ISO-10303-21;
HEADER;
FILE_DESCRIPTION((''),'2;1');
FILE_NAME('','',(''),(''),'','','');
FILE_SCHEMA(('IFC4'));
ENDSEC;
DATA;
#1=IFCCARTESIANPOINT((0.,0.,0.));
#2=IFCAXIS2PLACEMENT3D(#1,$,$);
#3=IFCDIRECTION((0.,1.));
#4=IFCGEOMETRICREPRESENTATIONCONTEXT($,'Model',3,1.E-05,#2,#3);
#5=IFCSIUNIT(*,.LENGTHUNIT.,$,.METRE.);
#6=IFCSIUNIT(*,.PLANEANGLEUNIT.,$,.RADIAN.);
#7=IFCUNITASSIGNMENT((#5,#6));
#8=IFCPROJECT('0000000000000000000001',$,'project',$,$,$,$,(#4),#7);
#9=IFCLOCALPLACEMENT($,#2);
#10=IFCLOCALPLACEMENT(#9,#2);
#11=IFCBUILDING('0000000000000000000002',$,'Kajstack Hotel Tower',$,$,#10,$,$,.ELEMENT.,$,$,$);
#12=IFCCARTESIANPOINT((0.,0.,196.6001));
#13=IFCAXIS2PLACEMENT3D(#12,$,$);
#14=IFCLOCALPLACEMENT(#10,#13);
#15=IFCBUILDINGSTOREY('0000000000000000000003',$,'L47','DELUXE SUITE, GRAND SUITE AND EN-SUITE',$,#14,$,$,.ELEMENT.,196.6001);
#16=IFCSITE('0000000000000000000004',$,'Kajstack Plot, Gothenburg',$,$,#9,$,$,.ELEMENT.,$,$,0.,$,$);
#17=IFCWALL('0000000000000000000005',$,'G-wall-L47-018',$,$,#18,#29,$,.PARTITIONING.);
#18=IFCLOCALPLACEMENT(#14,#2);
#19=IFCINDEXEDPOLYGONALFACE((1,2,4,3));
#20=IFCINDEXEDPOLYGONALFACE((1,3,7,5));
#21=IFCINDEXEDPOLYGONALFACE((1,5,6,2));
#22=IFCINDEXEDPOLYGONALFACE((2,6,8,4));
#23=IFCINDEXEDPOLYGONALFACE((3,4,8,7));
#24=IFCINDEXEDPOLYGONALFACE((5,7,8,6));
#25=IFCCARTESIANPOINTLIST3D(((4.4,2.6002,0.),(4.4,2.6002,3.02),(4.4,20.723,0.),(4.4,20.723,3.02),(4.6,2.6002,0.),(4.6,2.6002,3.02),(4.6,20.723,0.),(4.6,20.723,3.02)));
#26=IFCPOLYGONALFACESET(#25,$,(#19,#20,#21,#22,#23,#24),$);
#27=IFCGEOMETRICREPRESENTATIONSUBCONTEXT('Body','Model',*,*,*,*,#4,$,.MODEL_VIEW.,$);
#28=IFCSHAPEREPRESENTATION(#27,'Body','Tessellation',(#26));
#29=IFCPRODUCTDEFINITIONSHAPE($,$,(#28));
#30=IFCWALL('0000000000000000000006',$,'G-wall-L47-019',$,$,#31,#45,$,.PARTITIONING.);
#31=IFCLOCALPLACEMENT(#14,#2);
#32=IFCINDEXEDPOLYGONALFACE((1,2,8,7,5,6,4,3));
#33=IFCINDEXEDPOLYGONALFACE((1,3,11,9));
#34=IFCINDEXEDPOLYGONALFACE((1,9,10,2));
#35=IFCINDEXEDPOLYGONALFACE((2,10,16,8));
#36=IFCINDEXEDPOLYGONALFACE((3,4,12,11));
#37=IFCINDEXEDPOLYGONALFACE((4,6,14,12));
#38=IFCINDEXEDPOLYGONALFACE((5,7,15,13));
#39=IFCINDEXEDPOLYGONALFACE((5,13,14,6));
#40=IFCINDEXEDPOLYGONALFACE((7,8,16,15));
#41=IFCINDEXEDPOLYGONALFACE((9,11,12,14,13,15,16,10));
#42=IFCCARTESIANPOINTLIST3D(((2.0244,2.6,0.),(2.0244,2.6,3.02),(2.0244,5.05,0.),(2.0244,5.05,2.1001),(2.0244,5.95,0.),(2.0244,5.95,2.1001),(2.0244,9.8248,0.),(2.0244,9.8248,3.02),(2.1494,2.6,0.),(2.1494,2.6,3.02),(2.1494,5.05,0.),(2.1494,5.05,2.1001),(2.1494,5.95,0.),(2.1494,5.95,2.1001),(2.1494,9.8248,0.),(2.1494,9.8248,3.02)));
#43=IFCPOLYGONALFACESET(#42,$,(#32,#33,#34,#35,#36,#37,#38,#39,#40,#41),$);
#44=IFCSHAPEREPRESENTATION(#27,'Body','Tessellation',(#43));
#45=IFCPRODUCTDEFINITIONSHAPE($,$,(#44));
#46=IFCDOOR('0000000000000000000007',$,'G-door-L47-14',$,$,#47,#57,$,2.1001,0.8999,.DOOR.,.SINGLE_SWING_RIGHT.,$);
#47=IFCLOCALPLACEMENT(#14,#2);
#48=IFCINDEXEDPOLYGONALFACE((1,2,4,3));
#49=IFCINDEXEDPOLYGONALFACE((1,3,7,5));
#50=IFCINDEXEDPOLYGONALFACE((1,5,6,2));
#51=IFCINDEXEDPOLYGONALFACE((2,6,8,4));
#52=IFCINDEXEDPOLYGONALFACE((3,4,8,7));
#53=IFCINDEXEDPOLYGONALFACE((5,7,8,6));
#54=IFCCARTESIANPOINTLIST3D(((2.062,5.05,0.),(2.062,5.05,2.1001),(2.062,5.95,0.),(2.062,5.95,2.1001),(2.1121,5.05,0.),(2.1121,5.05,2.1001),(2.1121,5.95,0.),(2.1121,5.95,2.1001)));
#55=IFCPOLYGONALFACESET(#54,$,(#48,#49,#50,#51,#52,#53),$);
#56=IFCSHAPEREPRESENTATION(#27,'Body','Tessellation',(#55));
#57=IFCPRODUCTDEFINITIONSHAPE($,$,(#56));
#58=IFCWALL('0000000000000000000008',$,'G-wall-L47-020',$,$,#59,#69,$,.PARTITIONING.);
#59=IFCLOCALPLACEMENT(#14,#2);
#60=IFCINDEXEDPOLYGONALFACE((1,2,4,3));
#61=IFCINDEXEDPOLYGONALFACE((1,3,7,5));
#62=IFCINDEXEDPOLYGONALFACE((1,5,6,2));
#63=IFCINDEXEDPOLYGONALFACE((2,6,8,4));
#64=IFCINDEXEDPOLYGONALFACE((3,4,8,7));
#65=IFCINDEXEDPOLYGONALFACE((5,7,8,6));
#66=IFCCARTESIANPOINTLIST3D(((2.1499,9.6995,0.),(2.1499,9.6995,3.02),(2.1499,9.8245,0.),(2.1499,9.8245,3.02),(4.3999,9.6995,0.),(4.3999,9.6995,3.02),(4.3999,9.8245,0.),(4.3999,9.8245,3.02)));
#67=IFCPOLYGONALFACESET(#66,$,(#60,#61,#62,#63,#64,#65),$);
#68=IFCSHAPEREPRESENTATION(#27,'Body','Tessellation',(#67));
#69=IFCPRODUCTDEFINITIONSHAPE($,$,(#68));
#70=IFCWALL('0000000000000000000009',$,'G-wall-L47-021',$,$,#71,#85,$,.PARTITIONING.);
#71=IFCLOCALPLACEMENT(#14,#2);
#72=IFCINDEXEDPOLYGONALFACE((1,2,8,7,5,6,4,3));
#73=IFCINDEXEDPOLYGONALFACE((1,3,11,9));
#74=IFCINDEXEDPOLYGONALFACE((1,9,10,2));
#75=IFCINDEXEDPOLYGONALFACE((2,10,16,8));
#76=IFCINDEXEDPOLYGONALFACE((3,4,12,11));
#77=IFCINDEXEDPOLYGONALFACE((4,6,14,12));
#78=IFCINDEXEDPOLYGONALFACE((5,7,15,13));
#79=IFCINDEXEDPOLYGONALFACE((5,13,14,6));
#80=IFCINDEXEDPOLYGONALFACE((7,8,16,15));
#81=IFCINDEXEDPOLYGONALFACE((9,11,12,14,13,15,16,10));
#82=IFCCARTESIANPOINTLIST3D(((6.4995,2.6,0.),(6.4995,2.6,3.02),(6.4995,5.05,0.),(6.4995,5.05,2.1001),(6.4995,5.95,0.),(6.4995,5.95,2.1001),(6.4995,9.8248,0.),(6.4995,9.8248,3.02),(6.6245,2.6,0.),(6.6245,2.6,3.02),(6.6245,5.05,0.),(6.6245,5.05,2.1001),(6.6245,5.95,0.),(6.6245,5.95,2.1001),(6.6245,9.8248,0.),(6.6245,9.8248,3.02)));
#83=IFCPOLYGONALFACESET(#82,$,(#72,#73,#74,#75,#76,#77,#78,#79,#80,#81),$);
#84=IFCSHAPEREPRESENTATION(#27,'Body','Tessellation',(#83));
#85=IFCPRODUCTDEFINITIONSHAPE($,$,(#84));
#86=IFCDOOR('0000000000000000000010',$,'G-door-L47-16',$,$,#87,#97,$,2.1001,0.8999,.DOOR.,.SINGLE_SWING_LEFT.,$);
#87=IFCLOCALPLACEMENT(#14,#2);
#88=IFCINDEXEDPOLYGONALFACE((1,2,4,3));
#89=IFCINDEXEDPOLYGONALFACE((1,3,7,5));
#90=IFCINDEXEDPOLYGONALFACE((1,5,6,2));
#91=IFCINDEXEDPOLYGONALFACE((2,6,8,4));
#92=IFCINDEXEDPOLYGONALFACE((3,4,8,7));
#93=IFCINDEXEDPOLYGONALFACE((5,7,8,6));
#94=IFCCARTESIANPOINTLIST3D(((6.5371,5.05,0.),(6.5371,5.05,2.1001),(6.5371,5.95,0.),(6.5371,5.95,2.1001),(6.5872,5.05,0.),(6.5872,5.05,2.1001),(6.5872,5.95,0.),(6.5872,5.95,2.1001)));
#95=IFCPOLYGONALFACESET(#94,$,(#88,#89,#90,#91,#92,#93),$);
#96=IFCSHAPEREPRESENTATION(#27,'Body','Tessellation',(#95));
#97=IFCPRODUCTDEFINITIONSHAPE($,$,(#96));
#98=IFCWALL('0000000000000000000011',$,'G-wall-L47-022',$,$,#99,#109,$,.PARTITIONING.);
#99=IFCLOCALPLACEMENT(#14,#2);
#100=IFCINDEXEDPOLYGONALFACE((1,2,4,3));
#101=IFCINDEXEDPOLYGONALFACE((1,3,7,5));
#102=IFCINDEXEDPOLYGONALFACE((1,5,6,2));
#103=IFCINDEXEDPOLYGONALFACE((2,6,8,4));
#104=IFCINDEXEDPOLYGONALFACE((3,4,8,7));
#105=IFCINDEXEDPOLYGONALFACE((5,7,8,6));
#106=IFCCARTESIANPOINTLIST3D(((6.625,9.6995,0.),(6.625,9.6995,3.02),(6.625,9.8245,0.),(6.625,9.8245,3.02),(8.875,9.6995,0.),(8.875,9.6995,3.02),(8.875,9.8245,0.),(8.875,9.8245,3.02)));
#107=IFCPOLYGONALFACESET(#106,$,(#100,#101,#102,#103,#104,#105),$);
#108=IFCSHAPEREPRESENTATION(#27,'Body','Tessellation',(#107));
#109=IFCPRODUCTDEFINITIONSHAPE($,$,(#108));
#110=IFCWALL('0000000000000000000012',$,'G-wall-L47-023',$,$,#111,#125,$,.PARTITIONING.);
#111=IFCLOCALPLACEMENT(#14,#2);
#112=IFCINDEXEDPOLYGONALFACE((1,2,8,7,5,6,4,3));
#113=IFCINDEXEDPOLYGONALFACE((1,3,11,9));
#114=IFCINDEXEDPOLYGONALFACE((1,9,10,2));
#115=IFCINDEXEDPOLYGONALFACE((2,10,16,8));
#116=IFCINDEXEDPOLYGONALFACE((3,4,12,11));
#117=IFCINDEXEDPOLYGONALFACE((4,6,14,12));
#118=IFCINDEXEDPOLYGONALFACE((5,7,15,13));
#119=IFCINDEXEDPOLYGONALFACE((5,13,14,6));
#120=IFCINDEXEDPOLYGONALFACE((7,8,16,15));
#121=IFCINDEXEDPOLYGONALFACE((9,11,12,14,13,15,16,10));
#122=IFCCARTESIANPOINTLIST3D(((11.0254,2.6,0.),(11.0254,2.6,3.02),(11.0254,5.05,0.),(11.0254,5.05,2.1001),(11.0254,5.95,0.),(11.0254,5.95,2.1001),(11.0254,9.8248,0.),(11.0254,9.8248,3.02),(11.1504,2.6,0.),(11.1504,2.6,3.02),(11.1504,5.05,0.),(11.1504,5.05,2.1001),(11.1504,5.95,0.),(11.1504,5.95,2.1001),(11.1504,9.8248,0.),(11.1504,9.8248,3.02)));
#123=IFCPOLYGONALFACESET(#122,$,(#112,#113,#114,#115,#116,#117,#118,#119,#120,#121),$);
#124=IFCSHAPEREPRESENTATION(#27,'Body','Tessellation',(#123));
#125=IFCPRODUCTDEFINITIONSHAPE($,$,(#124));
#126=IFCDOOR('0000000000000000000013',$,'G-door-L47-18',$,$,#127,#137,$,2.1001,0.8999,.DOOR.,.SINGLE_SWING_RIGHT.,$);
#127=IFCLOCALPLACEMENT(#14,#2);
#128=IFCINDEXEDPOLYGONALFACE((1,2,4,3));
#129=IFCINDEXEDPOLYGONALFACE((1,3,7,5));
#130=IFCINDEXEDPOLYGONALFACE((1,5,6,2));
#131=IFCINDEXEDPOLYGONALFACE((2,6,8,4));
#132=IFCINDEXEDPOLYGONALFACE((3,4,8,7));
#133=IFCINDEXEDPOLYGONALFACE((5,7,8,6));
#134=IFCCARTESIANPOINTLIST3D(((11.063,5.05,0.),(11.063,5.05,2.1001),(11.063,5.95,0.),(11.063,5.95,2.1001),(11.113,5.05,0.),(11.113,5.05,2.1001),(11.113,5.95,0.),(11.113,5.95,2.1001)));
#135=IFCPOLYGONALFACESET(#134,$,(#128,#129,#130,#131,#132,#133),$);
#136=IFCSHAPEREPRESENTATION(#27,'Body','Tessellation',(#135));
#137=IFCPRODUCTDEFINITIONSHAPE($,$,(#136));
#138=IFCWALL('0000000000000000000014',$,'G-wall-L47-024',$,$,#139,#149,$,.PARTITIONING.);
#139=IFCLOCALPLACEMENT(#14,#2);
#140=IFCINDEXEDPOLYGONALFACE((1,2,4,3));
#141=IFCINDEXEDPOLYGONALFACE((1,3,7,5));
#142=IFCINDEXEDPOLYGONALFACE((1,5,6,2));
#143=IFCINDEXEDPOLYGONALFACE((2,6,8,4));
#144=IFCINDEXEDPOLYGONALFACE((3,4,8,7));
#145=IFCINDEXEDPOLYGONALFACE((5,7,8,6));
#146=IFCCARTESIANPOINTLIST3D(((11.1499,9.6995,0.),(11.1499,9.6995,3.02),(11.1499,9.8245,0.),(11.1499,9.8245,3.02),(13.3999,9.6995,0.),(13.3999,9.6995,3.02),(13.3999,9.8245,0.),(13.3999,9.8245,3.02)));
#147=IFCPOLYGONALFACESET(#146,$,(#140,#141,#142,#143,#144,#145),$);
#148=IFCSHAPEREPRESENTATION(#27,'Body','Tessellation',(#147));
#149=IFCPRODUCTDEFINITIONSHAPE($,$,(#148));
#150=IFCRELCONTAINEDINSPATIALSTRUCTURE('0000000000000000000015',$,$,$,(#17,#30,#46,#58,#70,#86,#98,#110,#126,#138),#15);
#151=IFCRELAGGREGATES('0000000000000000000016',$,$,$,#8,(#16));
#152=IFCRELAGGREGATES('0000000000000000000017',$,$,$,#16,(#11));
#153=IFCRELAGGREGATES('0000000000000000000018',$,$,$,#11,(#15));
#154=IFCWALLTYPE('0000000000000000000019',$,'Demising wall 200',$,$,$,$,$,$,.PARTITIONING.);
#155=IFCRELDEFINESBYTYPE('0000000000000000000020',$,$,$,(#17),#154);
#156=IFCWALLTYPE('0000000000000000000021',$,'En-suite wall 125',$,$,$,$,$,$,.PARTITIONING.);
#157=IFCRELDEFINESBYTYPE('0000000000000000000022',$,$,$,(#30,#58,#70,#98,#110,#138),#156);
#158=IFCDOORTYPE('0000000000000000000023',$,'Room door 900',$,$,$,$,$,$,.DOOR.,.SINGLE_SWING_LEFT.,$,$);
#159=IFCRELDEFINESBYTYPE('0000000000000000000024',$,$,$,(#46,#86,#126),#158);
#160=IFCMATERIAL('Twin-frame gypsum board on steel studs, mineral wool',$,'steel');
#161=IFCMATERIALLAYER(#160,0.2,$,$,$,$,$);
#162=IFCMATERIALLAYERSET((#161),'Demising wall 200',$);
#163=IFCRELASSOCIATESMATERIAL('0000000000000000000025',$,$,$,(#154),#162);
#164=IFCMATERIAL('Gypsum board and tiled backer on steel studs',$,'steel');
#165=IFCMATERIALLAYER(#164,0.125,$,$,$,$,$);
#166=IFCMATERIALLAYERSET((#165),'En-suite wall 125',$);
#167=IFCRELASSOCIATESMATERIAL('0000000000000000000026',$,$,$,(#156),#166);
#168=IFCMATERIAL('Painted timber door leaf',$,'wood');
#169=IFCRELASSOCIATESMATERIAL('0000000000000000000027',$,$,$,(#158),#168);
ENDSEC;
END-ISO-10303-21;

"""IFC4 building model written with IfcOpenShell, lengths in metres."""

from ifc_helpers import new_model, si_unit, direction, frame, frame_2d, origin, place, context, subcontext, project, spatial, rectangle, extrude, material, layer, layer_set, type_object, element, fill, save


model = new_model("IFC4")

# Units and contexts
model_context = context("Model", 3, precision=1e-05, world=origin(), true_north=direction((0.0, 1.0)))
body_context = subcontext(model_context, "Body", "Model", "MODEL_VIEW")
ifc_project = project(units=[si_unit("LENGTHUNIT", "METRE"), si_unit("PLANEANGLEUNIT", "RADIAN")], contexts=[model_context])

# Site, building, storey
site_placement = place(None, origin())
site = spatial("IfcSite", under=ifc_project, at=site_placement, Name="Kajstack Plot, Gothenburg", CompositionType="ELEMENT", RefElevation=0.0)
building_placement = place(site_placement, origin())
building = spatial("IfcBuilding", under=site, at=building_placement, Name="Kajstack Hotel Tower", CompositionType="ELEMENT")
storey_placement = place(building_placement, frame((0.0, 0.0, 196.6001)))
storey = spatial("IfcBuildingStorey", under=building, at=storey_placement, Name="L47", Description="DELUXE SUITE, GRAND SUITE AND EN-SUITE", CompositionType="ELEMENT", Elevation=196.6001)

# Wall
ifc_material_1 = material(Name="Twin-frame gypsum board on steel studs, mineral wool", Category="steel")
ifc_layer_1 = layer(ifc_material_1, 0.2)
ifc_layer_set_1 = layer_set([ifc_layer_1], Name="Demising wall 200")
wall_type_1 = type_object("IfcWallType", Name="Demising wall 200", PredefinedType="PARTITIONING", material=ifc_layer_set_1)
wall_1_placement = place(storey_placement, frame((4.5, 2.6001, 0.0), z_axis=(0.0, 0.0, 1.0), x_axis=(0.0, 1.0, 0.0)))
element("IfcWall", 1, at=wall_1_placement, inside=storey, type_object=wall_type_1, Name="G-wall-L47-018", PredefinedType="PARTITIONING", context=body_context, shape_type="SweptSolid", body=[
    extrude(rectangle(XDim=18.1228, YDim=0.2, at=frame_2d((9.0615, 0.0))), origin(), (0.0, 0.0, 1.0), 3.02),
])

# Wall, opening, door
ifc_material_2 = material(Name="Gypsum board and tiled backer on steel studs", Category="steel")
ifc_layer_2 = layer(ifc_material_2, 0.125)
ifc_layer_set_2 = layer_set([ifc_layer_2], Name="En-suite wall 125")
wall_type_2 = type_object("IfcWallType", Name="En-suite wall 125", PredefinedType="PARTITIONING", material=ifc_layer_set_2)
wall_2_placement = place(storey_placement, frame((2.0869, 2.6001, 0.0), z_axis=(0.0, 0.0, 1.0), x_axis=(0.0, 1.0, 0.0)))
wall_2 = element("IfcWall", 2, at=wall_2_placement, inside=storey, type_object=wall_type_2, Name="G-wall-L47-019", PredefinedType="PARTITIONING", context=body_context, shape_type="SweptSolid", body=[
    extrude(rectangle(XDim=7.2249, YDim=0.125, at=frame_2d((3.6123, 0.0))), origin(), (0.0, 0.0, 1.0), 3.02),
])
opening_1_placement = place(wall_2_placement, frame((2.45, 0.0, 0.0)))
opening_1 = element("IfcOpeningElement", 3, at=opening_1_placement, cuts=wall_2, PredefinedType="OPENING", context=body_context, shape_type="SweptSolid", body=[
    extrude(rectangle(XDim=0.8999, YDim=2.1001, at=frame_2d((0.45, 1.05))), frame((0.0, 0.0725, 0.0), z_axis=(0.0, -1.0, 0.0), x_axis=(1.0, 0.0, 0.0)), (0.0, 0.0, 1.0), 0.145),
])
ifc_material_3 = material(Name="Painted timber door leaf", Category="wood")
door_type_1 = type_object("IfcDoorType", Name="Room door 900", OperationType="SINGLE_SWING_LEFT", PredefinedType="DOOR", material=ifc_material_3)
door_1_placement = place(opening_1_placement, origin())
door_1 = element("IfcDoor", 4, at=door_1_placement, inside=storey, type_object=door_type_1, Name="G-door-L47-14", OperationType="SINGLE_SWING_RIGHT", OverallHeight=2.1001, OverallWidth=0.8999, PredefinedType="DOOR", context=body_context, shape_type="SweptSolid", body=[
    extrude(rectangle(XDim=0.8999, YDim=2.1001, at=frame_2d((0.45, 1.05))), frame((0.0, 0.0249, 0.0), z_axis=(0.0, -1.0, 0.0), x_axis=(1.0, 0.0, 0.0)), (0.0, 0.0, 1.0), 0.05),
])
fill(opening_1, door_1)

# Wall
wall_3_placement = place(storey_placement, frame((2.1499, 9.762, 0.0), z_axis=(0.0, 0.0, 1.0), x_axis=(1.0, 0.0, 0.0)))
element("IfcWall", 5, at=wall_3_placement, inside=storey, type_object=wall_type_2, Name="G-wall-L47-020", PredefinedType="PARTITIONING", context=body_context, shape_type="SweptSolid", body=[
    extrude(rectangle(XDim=2.25, YDim=0.125, at=frame_2d((1.125, 0.0))), origin(), (0.0, 0.0, 1.0), 3.02),
])

# Wall, opening, door
wall_4_placement = place(storey_placement, frame((6.562, 2.6001, 0.0), z_axis=(0.0, 0.0, 1.0), x_axis=(0.0, 1.0, 0.0)))
wall_4 = element("IfcWall", 6, at=wall_4_placement, inside=storey, type_object=wall_type_2, Name="G-wall-L47-021", PredefinedType="PARTITIONING", context=body_context, shape_type="SweptSolid", body=[
    extrude(rectangle(XDim=7.2249, YDim=0.125, at=frame_2d((3.6123, 0.0))), origin(), (0.0, 0.0, 1.0), 3.02),
])
opening_2_placement = place(wall_4_placement, frame((2.45, 0.0, 0.0)))
opening_2 = element("IfcOpeningElement", 7, at=opening_2_placement, cuts=wall_4, PredefinedType="OPENING", context=body_context, shape_type="SweptSolid", body=[
    extrude(rectangle(XDim=0.8999, YDim=2.1001, at=frame_2d((0.45, 1.05))), frame((0.0, 0.0725, 0.0), z_axis=(0.0, -1.0, 0.0), x_axis=(1.0, 0.0, 0.0)), (0.0, 0.0, 1.0), 0.145),
])
door_2_placement = place(opening_2_placement, origin())
door_2 = element("IfcDoor", 8, at=door_2_placement, inside=storey, type_object=door_type_1, Name="G-door-L47-16", OperationType="SINGLE_SWING_LEFT", OverallHeight=2.1001, OverallWidth=0.8999, PredefinedType="DOOR", context=body_context, shape_type="SweptSolid", body=[
    extrude(rectangle(XDim=0.8999, YDim=2.1001, at=frame_2d((0.45, 1.05))), frame((0.0, 0.0249, 0.0), z_axis=(0.0, -1.0, 0.0), x_axis=(1.0, 0.0, 0.0)), (0.0, 0.0, 1.0), 0.05),
])
fill(opening_2, door_2)

# Wall
wall_5_placement = place(storey_placement, frame((6.625, 9.762, 0.0), z_axis=(0.0, 0.0, 1.0), x_axis=(1.0, 0.0, 0.0)))
element("IfcWall", 9, at=wall_5_placement, inside=storey, type_object=wall_type_2, Name="G-wall-L47-022", PredefinedType="PARTITIONING", context=body_context, shape_type="SweptSolid", body=[
    extrude(rectangle(XDim=2.25, YDim=0.125, at=frame_2d((1.125, 0.0))), origin(), (0.0, 0.0, 1.0), 3.02),
])

# Wall, opening, door
wall_6_placement = place(storey_placement, frame((11.0879, 2.6001, 0.0), z_axis=(0.0, 0.0, 1.0), x_axis=(0.0, 1.0, 0.0)))
wall_6 = element("IfcWall", 10, at=wall_6_placement, inside=storey, type_object=wall_type_2, Name="G-wall-L47-023", PredefinedType="PARTITIONING", context=body_context, shape_type="SweptSolid", body=[
    extrude(rectangle(XDim=7.2249, YDim=0.125, at=frame_2d((3.6123, 0.0))), origin(), (0.0, 0.0, 1.0), 3.02),
])
opening_3_placement = place(wall_6_placement, frame((2.45, 0.0, 0.0)))
opening_3 = element("IfcOpeningElement", 11, at=opening_3_placement, cuts=wall_6, PredefinedType="OPENING", context=body_context, shape_type="SweptSolid", body=[
    extrude(rectangle(XDim=0.8999, YDim=2.1001, at=frame_2d((0.45, 1.05))), frame((0.0, 0.0725, 0.0), z_axis=(0.0, -1.0, 0.0), x_axis=(1.0, 0.0, 0.0)), (0.0, 0.0, 1.0), 0.145),
])
door_3_placement = place(opening_3_placement, origin())
door_3 = element("IfcDoor", 12, at=door_3_placement, inside=storey, type_object=door_type_1, Name="G-door-L47-18", OperationType="SINGLE_SWING_RIGHT", OverallHeight=2.1001, OverallWidth=0.8999, PredefinedType="DOOR", context=body_context, shape_type="SweptSolid", body=[
    extrude(rectangle(XDim=0.8999, YDim=2.1001, at=frame_2d((0.45, 1.05))), frame((0.0, 0.0249, 0.0), z_axis=(0.0, -1.0, 0.0), x_axis=(1.0, 0.0, 0.0)), (0.0, 0.0, 1.0), 0.05),
])
fill(opening_3, door_3)

# Wall
wall_7_placement = place(storey_placement, frame((11.1499, 9.762, 0.0), z_axis=(0.0, 0.0, 1.0), x_axis=(1.0, 0.0, 0.0)))
element("IfcWall", 13, at=wall_7_placement, inside=storey, type_object=wall_type_2, Name="G-wall-L47-024", PredefinedType="PARTITIONING", context=body_context, shape_type="SweptSolid", body=[
    extrude(rectangle(XDim=2.25, YDim=0.125, at=frame_2d((1.125, 0.0))), origin(), (0.0, 0.0, 1.0), 3.02),
])

save(model, "model.ifc")
